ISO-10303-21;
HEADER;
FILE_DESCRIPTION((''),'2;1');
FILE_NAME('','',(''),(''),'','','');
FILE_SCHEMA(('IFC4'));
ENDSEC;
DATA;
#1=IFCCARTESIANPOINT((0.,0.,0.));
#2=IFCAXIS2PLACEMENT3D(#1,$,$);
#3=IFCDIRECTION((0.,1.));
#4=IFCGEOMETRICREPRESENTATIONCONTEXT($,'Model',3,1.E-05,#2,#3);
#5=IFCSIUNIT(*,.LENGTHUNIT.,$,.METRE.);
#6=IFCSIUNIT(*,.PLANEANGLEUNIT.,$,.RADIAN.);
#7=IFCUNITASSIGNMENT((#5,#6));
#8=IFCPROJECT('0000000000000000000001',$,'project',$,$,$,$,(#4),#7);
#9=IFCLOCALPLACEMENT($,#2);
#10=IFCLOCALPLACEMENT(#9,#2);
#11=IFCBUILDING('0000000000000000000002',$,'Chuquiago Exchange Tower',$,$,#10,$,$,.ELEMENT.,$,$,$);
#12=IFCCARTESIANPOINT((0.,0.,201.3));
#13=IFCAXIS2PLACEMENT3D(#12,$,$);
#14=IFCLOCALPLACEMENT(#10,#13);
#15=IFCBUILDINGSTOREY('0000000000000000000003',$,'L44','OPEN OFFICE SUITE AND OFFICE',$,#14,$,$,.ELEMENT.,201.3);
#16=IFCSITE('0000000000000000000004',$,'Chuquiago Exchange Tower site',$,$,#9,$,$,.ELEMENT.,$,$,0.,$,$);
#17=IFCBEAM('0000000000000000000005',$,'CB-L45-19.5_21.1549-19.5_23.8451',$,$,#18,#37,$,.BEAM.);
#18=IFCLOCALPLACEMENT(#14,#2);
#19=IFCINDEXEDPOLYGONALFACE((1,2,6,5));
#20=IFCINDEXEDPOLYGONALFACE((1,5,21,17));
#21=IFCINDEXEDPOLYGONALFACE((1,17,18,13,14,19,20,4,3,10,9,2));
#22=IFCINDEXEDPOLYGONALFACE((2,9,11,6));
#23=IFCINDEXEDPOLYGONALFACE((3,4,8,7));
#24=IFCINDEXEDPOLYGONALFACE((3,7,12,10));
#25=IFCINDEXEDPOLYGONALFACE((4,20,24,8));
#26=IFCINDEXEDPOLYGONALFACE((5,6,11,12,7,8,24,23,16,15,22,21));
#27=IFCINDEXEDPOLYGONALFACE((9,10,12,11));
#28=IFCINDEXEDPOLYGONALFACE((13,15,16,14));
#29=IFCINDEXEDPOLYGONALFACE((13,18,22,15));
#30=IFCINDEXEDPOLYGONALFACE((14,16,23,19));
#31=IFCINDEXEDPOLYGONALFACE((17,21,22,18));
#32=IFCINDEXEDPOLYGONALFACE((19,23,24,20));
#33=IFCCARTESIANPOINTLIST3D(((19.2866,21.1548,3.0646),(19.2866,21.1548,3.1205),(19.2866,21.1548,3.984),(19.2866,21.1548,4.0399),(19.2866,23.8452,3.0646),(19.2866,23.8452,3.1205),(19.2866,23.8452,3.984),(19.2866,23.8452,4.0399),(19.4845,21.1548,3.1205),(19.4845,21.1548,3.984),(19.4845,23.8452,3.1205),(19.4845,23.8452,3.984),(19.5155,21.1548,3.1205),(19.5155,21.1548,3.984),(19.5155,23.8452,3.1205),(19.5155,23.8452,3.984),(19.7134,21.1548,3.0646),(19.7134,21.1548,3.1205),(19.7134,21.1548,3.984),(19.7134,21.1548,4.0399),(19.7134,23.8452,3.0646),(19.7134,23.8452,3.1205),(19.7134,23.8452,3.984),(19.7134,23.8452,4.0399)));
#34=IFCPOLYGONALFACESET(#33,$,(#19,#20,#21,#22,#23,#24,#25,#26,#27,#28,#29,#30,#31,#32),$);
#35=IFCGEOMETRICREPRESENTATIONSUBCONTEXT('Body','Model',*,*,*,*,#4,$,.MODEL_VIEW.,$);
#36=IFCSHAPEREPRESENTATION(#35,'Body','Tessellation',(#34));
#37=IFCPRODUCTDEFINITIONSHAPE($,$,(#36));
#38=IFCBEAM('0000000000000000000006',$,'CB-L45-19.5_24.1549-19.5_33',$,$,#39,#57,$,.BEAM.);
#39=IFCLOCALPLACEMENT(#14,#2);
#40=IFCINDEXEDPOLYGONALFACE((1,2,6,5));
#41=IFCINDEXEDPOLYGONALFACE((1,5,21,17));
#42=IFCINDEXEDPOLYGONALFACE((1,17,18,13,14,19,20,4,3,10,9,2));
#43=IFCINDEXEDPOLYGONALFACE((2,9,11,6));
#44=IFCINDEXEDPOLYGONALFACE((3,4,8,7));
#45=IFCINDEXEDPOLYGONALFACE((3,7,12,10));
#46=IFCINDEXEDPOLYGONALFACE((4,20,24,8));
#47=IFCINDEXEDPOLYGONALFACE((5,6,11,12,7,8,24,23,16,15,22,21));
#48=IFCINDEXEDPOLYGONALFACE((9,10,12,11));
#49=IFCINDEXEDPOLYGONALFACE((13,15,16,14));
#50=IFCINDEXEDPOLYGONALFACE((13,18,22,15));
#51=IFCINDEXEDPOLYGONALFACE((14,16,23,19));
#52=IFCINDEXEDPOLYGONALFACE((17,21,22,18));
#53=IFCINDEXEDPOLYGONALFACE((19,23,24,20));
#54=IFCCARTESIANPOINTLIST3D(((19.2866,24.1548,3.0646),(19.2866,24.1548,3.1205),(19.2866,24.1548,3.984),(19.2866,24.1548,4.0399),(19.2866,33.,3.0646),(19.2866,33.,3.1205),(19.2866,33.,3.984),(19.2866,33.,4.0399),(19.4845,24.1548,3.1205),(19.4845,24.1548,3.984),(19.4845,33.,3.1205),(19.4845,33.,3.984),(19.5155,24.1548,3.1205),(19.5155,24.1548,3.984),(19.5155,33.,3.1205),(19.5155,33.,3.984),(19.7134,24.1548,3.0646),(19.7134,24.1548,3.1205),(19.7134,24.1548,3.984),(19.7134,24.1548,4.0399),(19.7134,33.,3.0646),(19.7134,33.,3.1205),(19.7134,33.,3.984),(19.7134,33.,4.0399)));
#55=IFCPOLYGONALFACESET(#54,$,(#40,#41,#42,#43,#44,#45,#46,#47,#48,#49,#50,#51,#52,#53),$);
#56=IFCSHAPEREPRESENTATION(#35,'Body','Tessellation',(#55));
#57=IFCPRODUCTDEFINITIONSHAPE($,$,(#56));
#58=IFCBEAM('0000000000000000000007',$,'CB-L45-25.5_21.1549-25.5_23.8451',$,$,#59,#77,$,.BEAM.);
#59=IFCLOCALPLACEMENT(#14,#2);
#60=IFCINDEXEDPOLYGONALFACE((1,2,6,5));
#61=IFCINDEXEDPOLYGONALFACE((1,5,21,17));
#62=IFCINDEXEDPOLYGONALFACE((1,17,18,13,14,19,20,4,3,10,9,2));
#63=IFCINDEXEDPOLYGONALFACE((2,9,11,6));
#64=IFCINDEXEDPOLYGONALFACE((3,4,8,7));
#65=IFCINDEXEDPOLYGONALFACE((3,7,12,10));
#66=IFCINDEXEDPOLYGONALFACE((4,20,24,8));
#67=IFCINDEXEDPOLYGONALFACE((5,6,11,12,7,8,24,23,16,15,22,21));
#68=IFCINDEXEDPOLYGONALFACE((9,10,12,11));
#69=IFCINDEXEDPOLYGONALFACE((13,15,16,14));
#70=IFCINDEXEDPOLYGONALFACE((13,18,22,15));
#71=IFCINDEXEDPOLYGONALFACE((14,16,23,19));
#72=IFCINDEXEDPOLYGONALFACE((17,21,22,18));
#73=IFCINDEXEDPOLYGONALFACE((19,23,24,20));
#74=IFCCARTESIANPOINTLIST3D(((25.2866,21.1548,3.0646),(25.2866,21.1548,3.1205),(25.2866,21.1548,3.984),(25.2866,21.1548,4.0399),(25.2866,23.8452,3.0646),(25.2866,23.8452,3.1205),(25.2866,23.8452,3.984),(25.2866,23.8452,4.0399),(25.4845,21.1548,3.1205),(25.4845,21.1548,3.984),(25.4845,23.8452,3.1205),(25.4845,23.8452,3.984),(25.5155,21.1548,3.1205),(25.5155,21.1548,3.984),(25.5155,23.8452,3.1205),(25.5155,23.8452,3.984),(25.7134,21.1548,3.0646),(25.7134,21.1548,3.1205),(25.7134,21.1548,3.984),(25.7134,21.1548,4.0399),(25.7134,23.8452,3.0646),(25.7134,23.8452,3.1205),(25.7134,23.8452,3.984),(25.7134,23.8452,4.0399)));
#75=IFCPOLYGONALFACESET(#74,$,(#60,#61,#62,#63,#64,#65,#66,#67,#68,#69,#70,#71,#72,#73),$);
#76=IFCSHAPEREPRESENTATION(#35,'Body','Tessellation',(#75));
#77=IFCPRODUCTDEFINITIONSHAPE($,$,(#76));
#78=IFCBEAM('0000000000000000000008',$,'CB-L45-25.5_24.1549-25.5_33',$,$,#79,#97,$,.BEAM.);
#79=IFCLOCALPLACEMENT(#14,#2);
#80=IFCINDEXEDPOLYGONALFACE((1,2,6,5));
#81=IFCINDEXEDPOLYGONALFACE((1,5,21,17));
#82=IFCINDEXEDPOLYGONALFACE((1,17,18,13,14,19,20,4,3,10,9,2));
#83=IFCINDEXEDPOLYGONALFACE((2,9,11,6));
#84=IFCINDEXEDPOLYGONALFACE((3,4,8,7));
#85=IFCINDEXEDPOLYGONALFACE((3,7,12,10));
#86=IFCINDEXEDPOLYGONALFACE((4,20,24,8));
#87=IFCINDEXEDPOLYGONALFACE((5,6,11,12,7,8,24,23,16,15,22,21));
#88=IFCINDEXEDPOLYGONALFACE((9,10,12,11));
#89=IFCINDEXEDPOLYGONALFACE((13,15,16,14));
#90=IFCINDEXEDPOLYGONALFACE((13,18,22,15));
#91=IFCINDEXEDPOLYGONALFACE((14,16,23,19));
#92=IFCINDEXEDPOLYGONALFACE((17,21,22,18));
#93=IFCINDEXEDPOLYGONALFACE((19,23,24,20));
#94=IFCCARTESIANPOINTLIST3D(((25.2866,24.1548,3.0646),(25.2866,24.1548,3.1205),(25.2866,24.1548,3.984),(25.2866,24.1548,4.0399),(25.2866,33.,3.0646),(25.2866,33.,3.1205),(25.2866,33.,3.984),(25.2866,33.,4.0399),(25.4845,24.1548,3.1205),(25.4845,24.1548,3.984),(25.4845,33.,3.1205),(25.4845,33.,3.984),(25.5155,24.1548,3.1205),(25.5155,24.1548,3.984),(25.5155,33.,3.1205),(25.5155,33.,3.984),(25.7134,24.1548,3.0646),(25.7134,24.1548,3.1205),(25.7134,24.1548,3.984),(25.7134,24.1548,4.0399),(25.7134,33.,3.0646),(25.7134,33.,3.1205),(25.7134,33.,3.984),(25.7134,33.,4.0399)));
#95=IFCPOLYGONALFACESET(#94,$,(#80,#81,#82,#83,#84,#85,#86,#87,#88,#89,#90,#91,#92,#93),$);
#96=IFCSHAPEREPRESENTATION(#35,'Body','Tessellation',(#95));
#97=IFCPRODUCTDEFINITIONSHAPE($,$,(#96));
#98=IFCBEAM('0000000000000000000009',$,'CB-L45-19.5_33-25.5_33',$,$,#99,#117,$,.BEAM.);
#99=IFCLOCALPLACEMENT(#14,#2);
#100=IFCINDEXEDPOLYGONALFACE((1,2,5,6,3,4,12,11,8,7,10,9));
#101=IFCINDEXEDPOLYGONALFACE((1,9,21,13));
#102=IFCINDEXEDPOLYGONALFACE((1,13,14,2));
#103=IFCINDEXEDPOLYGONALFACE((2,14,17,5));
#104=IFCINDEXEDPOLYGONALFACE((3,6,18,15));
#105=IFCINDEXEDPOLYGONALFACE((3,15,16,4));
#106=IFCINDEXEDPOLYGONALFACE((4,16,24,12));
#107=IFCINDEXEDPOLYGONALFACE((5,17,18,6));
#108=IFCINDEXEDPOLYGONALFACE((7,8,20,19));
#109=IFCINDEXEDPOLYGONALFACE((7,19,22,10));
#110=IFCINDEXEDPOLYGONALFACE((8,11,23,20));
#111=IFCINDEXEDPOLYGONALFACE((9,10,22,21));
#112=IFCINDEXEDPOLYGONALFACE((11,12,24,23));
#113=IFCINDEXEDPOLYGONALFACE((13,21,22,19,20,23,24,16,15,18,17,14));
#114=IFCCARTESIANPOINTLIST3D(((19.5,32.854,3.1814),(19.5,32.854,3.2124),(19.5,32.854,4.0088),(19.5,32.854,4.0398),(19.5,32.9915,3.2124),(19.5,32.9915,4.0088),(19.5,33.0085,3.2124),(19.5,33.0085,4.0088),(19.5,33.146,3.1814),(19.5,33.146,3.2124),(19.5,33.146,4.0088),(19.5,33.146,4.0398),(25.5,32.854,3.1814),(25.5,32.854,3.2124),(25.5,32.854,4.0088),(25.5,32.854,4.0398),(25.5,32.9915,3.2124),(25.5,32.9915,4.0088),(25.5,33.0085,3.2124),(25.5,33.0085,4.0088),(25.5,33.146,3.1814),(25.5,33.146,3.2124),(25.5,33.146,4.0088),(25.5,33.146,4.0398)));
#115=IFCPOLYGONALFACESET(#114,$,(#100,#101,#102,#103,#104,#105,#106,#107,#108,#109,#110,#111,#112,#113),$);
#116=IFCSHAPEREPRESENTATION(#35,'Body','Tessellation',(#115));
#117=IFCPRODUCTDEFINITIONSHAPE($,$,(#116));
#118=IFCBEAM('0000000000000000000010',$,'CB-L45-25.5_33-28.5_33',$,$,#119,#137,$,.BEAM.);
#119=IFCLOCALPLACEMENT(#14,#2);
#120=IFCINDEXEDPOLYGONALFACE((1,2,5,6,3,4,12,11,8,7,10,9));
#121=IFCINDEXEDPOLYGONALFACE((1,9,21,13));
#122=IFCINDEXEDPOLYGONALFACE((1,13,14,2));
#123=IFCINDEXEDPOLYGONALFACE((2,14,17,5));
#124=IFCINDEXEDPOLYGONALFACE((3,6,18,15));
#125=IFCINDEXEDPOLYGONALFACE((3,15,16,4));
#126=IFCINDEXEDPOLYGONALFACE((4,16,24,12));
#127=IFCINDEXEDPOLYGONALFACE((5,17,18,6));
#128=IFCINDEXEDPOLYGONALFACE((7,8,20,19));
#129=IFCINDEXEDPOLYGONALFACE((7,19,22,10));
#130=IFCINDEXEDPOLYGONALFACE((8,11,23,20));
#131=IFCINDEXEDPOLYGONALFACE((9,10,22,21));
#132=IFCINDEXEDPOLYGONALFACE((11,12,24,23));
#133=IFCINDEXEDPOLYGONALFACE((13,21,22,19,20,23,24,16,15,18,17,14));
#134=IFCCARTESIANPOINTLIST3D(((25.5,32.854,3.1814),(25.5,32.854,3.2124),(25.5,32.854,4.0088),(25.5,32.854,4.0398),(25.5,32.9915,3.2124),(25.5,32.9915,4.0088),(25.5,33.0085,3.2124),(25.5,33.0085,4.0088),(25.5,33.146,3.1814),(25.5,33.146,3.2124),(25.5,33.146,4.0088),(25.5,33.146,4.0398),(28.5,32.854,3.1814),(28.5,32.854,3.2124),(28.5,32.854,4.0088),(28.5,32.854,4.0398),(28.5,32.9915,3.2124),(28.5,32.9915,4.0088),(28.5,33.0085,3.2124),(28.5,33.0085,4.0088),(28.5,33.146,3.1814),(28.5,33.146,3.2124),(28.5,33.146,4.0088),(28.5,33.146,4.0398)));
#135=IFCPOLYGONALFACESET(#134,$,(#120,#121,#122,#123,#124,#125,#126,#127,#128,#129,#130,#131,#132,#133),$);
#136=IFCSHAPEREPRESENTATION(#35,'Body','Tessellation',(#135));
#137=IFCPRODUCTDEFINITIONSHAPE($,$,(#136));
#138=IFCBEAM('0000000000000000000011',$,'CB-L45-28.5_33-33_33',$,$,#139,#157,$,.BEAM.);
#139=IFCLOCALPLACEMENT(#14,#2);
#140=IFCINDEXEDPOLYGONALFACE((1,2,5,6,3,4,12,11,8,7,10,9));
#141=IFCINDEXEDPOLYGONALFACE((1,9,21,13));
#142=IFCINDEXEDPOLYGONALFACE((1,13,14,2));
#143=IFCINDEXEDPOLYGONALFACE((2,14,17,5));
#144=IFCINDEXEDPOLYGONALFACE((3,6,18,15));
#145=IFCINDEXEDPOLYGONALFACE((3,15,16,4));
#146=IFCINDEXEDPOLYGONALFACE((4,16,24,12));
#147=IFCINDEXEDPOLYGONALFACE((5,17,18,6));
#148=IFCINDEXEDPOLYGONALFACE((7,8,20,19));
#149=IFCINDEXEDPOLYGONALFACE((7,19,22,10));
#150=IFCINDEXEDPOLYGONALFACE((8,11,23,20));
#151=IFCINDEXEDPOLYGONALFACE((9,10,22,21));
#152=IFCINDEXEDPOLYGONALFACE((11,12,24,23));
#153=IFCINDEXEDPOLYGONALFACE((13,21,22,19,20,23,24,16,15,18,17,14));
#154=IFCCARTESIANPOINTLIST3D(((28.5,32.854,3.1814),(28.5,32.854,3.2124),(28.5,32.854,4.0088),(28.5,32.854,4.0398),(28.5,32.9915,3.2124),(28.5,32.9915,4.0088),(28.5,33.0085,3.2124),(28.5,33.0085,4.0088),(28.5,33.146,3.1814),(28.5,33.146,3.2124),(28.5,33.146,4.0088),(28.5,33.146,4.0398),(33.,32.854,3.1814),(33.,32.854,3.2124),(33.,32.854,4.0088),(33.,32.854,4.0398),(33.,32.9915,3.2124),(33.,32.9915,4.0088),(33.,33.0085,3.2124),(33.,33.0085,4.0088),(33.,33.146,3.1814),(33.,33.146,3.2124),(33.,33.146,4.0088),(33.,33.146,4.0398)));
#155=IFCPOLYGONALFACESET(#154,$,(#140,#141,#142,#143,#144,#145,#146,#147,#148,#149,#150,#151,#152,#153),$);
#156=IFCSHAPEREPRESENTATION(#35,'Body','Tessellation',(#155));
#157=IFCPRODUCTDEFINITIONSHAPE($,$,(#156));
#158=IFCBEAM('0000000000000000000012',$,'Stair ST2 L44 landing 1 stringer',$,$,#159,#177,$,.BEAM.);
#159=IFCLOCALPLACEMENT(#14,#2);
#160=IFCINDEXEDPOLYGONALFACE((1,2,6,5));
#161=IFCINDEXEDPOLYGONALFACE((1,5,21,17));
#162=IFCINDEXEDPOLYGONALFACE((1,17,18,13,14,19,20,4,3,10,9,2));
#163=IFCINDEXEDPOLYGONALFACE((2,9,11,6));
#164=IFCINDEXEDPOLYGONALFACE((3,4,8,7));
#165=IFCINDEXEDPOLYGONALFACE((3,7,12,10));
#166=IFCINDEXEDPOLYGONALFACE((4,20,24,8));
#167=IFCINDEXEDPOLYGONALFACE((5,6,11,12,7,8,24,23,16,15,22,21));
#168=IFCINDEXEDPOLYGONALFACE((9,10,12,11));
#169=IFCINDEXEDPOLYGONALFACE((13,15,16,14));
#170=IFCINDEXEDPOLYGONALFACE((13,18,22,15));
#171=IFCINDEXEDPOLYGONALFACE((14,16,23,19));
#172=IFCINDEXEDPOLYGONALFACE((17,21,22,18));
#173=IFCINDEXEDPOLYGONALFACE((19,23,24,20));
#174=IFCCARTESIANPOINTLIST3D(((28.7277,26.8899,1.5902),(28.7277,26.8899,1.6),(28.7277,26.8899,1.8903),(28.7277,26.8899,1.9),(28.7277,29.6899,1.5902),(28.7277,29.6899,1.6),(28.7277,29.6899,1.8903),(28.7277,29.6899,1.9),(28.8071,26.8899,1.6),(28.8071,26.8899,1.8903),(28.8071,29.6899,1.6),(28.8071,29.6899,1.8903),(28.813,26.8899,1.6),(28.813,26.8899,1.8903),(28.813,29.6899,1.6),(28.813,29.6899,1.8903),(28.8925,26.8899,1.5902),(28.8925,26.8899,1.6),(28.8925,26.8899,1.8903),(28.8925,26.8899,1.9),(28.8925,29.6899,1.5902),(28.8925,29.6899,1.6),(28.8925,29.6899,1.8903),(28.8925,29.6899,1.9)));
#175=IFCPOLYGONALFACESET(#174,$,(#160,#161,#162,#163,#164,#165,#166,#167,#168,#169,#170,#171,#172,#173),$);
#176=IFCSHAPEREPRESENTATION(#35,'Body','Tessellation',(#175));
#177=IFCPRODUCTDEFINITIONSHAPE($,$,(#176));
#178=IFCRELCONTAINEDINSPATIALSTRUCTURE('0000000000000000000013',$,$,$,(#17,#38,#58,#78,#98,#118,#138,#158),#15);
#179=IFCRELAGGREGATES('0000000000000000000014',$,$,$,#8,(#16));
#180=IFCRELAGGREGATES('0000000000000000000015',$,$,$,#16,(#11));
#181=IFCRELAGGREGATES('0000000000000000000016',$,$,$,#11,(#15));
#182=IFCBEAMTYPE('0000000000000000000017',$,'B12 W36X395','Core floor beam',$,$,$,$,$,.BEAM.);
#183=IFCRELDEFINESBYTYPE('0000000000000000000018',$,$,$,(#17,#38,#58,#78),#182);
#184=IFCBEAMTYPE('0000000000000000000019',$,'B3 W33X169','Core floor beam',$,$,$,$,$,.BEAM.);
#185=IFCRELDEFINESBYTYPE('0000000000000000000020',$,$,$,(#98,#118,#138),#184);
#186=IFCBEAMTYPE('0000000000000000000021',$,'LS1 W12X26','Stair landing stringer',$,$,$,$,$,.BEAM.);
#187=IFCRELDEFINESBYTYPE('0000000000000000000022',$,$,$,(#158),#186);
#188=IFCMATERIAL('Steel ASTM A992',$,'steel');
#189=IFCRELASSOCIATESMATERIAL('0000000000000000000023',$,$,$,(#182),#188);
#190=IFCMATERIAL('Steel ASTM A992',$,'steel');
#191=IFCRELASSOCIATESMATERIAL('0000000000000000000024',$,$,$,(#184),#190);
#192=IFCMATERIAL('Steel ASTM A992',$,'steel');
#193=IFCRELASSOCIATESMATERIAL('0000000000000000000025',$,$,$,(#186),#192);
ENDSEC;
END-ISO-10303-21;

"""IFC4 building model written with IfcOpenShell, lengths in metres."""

from ifc_helpers import new_model, si_unit, direction, frame, origin, origin_2d, place, context, subcontext, project, spatial, i_section, extrude, material, material_profile, profile_set, type_object, element, save


model = new_model("IFC4")

# Units and contexts
model_context = context("Model", 3, precision=1e-05, world=origin(), true_north=direction((0.0, 1.0)))
body_context = subcontext(model_context, "Body", "Model", "MODEL_VIEW")
ifc_project = project(units=[si_unit("LENGTHUNIT", "METRE"), si_unit("PLANEANGLEUNIT", "RADIAN")], contexts=[model_context])

# Site, building, storey
site_placement = place(None, origin())
site = spatial("IfcSite", under=ifc_project, at=site_placement, Name="Chuquiago Exchange Tower site", CompositionType="ELEMENT", RefElevation=0.0)
building_placement = place(site_placement, origin())
building = spatial("IfcBuilding", under=site, at=building_placement, Name="Chuquiago Exchange Tower", CompositionType="ELEMENT")
storey_placement = place(building_placement, frame((0.0, 0.0, 201.3)))
storey = spatial("IfcBuildingStorey", under=building, at=storey_placement, Name="L44", Description="OPEN OFFICE SUITE AND OFFICE", CompositionType="ELEMENT", Elevation=201.3)

# Beams
ifc_material_1 = material(Name="Steel ASTM A992", Category="steel")
ifc_material_profile_1 = material_profile(ifc_material_1, i_section(OverallWidth=0.4268, OverallDepth=0.9753, WebThickness=0.031, FlangeThickness=0.0559, at=origin_2d()), Name="W36X395")
ifc_profile_set_1 = profile_set([ifc_material_profile_1], Name="Steel ASTM A992")
beam_type_1 = type_object("IfcBeamType", Name="B12 W36X395", Description="Core floor beam", PredefinedType="BEAM", material=ifc_profile_set_1)
beam_1_placement = place(storey_placement, frame((19.5, 21.1548, 3.5522), z_axis=(0.0, 1.0, 0.0), x_axis=(-1.0, 0.0, 0.0)))
element("IfcBeam", 1, at=beam_1_placement, inside=storey, type_object=beam_type_1, Name="CB-L45-19.5_21.1549-19.5_23.8451", PredefinedType="BEAM", context=body_context, shape_type="SweptSolid", body=[
    extrude(i_section(OverallWidth=0.4268, OverallDepth=0.9753, WebThickness=0.031, FlangeThickness=0.0559, at=origin_2d()), origin(), (0.0, 0.0, 1.0), 2.6904),
])
beam_2_placement = place(storey_placement, frame((19.5, 24.1548, 3.5522), z_axis=(0.0, 1.0, 0.0), x_axis=(-1.0, 0.0, 0.0)))
element("IfcBeam", 2, at=beam_2_placement, inside=storey, type_object=beam_type_1, Name="CB-L45-19.5_24.1549-19.5_33", PredefinedType="BEAM", context=body_context, shape_type="SweptSolid", body=[
    extrude(i_section(OverallWidth=0.4268, OverallDepth=0.9753, WebThickness=0.031, FlangeThickness=0.0559, at=origin_2d()), origin(), (0.0, 0.0, 1.0), 8.8452),
])
beam_3_placement = place(storey_placement, frame((25.5, 21.1548, 3.5522), z_axis=(0.0, 1.0, 0.0), x_axis=(-1.0, 0.0, 0.0)))
element("IfcBeam", 3, at=beam_3_placement, inside=storey, type_object=beam_type_1, Name="CB-L45-25.5_21.1549-25.5_23.8451", PredefinedType="BEAM", context=body_context, shape_type="SweptSolid", body=[
    extrude(i_section(OverallWidth=0.4268, OverallDepth=0.9753, WebThickness=0.031, FlangeThickness=0.0559, at=origin_2d()), origin(), (0.0, 0.0, 1.0), 2.6904),
])
beam_4_placement = place(storey_placement, frame((25.5, 24.1548, 3.5522), z_axis=(0.0, 1.0, 0.0), x_axis=(-1.0, 0.0, 0.0)))
element("IfcBeam", 4, at=beam_4_placement, inside=storey, type_object=beam_type_1, Name="CB-L45-25.5_24.1549-25.5_33", PredefinedType="BEAM", context=body_context, shape_type="SweptSolid", body=[
    extrude(i_section(OverallWidth=0.4268, OverallDepth=0.9753, WebThickness=0.031, FlangeThickness=0.0559, at=origin_2d()), origin(), (0.0, 0.0, 1.0), 8.8452),
])
ifc_material_2 = material(Name="Steel ASTM A992", Category="steel")
ifc_material_profile_2 = material_profile(ifc_material_2, i_section(OverallWidth=0.292, OverallDepth=0.8584, WebThickness=0.0171, FlangeThickness=0.031, at=origin_2d()), Name="W33X169")
ifc_profile_set_2 = profile_set([ifc_material_profile_2], Name="Steel ASTM A992")
beam_type_2 = type_object("IfcBeamType", Name="B3 W33X169", Description="Core floor beam", PredefinedType="BEAM", material=ifc_profile_set_2)
beam_5_placement = place(storey_placement, frame((19.5, 33.0, 3.6106), z_axis=(1.0, 0.0, 0.0), x_axis=(0.0, 1.0, 0.0)))
element("IfcBeam", 5, at=beam_5_placement, inside=storey, type_object=beam_type_2, Name="CB-L45-19.5_33-25.5_33", PredefinedType="BEAM", context=body_context, shape_type="SweptSolid", body=[
    extrude(i_section(OverallWidth=0.292, OverallDepth=0.8584, WebThickness=0.0171, FlangeThickness=0.031, at=origin_2d()), origin(), (0.0, 0.0, 1.0), 6.0),
])
beam_6_placement = place(storey_placement, frame((25.5, 33.0, 3.6106), z_axis=(1.0, 0.0, 0.0), x_axis=(0.0, 1.0, 0.0)))
element("IfcBeam", 6, at=beam_6_placement, inside=storey, type_object=beam_type_2, Name="CB-L45-25.5_33-28.5_33", PredefinedType="BEAM", context=body_context, shape_type="SweptSolid", body=[
    extrude(i_section(OverallWidth=0.292, OverallDepth=0.8584, WebThickness=0.0171, FlangeThickness=0.031, at=origin_2d()), origin(), (0.0, 0.0, 1.0), 3.0),
])
beam_7_placement = place(storey_placement, frame((28.5, 33.0, 3.6106), z_axis=(1.0, 0.0, 0.0), x_axis=(0.0, 1.0, 0.0)))
element("IfcBeam", 7, at=beam_7_placement, inside=storey, type_object=beam_type_2, Name="CB-L45-28.5_33-33_33", PredefinedType="BEAM", context=body_context, shape_type="SweptSolid", body=[
    extrude(i_section(OverallWidth=0.292, OverallDepth=0.8584, WebThickness=0.0171, FlangeThickness=0.031, at=origin_2d()), origin(), (0.0, 0.0, 1.0), 4.5),
])
ifc_material_3 = material(Name="Steel ASTM A992", Category="steel")
ifc_material_profile_3 = material_profile(ifc_material_3, i_section(OverallWidth=0.1648, OverallDepth=0.3098, WebThickness=0.0059, FlangeThickness=0.0098, at=origin_2d()), Name="W12X26")
ifc_profile_set_3 = profile_set([ifc_material_profile_3], Name="Steel ASTM A992")
beam_type_3 = type_object("IfcBeamType", Name="LS1 W12X26", Description="Stair landing stringer", PredefinedType="BEAM", material=ifc_profile_set_3)
beam_8_placement = place(storey_placement, frame((28.8101, 26.8899, 1.7451), z_axis=(0.0, 1.0, 0.0), x_axis=(-1.0, 0.0, 0.0)))
element("IfcBeam", 8, at=beam_8_placement, inside=storey, type_object=beam_type_3, Name="Stair ST2 L44 landing 1 stringer", PredefinedType="BEAM", context=body_context, shape_type="SweptSolid", body=[
    extrude(i_section(OverallWidth=0.1648, OverallDepth=0.3098, WebThickness=0.0059, FlangeThickness=0.0098, at=origin_2d()), origin(), (0.0, 0.0, 1.0), 2.8),
])

save(model, "model.ifc")
